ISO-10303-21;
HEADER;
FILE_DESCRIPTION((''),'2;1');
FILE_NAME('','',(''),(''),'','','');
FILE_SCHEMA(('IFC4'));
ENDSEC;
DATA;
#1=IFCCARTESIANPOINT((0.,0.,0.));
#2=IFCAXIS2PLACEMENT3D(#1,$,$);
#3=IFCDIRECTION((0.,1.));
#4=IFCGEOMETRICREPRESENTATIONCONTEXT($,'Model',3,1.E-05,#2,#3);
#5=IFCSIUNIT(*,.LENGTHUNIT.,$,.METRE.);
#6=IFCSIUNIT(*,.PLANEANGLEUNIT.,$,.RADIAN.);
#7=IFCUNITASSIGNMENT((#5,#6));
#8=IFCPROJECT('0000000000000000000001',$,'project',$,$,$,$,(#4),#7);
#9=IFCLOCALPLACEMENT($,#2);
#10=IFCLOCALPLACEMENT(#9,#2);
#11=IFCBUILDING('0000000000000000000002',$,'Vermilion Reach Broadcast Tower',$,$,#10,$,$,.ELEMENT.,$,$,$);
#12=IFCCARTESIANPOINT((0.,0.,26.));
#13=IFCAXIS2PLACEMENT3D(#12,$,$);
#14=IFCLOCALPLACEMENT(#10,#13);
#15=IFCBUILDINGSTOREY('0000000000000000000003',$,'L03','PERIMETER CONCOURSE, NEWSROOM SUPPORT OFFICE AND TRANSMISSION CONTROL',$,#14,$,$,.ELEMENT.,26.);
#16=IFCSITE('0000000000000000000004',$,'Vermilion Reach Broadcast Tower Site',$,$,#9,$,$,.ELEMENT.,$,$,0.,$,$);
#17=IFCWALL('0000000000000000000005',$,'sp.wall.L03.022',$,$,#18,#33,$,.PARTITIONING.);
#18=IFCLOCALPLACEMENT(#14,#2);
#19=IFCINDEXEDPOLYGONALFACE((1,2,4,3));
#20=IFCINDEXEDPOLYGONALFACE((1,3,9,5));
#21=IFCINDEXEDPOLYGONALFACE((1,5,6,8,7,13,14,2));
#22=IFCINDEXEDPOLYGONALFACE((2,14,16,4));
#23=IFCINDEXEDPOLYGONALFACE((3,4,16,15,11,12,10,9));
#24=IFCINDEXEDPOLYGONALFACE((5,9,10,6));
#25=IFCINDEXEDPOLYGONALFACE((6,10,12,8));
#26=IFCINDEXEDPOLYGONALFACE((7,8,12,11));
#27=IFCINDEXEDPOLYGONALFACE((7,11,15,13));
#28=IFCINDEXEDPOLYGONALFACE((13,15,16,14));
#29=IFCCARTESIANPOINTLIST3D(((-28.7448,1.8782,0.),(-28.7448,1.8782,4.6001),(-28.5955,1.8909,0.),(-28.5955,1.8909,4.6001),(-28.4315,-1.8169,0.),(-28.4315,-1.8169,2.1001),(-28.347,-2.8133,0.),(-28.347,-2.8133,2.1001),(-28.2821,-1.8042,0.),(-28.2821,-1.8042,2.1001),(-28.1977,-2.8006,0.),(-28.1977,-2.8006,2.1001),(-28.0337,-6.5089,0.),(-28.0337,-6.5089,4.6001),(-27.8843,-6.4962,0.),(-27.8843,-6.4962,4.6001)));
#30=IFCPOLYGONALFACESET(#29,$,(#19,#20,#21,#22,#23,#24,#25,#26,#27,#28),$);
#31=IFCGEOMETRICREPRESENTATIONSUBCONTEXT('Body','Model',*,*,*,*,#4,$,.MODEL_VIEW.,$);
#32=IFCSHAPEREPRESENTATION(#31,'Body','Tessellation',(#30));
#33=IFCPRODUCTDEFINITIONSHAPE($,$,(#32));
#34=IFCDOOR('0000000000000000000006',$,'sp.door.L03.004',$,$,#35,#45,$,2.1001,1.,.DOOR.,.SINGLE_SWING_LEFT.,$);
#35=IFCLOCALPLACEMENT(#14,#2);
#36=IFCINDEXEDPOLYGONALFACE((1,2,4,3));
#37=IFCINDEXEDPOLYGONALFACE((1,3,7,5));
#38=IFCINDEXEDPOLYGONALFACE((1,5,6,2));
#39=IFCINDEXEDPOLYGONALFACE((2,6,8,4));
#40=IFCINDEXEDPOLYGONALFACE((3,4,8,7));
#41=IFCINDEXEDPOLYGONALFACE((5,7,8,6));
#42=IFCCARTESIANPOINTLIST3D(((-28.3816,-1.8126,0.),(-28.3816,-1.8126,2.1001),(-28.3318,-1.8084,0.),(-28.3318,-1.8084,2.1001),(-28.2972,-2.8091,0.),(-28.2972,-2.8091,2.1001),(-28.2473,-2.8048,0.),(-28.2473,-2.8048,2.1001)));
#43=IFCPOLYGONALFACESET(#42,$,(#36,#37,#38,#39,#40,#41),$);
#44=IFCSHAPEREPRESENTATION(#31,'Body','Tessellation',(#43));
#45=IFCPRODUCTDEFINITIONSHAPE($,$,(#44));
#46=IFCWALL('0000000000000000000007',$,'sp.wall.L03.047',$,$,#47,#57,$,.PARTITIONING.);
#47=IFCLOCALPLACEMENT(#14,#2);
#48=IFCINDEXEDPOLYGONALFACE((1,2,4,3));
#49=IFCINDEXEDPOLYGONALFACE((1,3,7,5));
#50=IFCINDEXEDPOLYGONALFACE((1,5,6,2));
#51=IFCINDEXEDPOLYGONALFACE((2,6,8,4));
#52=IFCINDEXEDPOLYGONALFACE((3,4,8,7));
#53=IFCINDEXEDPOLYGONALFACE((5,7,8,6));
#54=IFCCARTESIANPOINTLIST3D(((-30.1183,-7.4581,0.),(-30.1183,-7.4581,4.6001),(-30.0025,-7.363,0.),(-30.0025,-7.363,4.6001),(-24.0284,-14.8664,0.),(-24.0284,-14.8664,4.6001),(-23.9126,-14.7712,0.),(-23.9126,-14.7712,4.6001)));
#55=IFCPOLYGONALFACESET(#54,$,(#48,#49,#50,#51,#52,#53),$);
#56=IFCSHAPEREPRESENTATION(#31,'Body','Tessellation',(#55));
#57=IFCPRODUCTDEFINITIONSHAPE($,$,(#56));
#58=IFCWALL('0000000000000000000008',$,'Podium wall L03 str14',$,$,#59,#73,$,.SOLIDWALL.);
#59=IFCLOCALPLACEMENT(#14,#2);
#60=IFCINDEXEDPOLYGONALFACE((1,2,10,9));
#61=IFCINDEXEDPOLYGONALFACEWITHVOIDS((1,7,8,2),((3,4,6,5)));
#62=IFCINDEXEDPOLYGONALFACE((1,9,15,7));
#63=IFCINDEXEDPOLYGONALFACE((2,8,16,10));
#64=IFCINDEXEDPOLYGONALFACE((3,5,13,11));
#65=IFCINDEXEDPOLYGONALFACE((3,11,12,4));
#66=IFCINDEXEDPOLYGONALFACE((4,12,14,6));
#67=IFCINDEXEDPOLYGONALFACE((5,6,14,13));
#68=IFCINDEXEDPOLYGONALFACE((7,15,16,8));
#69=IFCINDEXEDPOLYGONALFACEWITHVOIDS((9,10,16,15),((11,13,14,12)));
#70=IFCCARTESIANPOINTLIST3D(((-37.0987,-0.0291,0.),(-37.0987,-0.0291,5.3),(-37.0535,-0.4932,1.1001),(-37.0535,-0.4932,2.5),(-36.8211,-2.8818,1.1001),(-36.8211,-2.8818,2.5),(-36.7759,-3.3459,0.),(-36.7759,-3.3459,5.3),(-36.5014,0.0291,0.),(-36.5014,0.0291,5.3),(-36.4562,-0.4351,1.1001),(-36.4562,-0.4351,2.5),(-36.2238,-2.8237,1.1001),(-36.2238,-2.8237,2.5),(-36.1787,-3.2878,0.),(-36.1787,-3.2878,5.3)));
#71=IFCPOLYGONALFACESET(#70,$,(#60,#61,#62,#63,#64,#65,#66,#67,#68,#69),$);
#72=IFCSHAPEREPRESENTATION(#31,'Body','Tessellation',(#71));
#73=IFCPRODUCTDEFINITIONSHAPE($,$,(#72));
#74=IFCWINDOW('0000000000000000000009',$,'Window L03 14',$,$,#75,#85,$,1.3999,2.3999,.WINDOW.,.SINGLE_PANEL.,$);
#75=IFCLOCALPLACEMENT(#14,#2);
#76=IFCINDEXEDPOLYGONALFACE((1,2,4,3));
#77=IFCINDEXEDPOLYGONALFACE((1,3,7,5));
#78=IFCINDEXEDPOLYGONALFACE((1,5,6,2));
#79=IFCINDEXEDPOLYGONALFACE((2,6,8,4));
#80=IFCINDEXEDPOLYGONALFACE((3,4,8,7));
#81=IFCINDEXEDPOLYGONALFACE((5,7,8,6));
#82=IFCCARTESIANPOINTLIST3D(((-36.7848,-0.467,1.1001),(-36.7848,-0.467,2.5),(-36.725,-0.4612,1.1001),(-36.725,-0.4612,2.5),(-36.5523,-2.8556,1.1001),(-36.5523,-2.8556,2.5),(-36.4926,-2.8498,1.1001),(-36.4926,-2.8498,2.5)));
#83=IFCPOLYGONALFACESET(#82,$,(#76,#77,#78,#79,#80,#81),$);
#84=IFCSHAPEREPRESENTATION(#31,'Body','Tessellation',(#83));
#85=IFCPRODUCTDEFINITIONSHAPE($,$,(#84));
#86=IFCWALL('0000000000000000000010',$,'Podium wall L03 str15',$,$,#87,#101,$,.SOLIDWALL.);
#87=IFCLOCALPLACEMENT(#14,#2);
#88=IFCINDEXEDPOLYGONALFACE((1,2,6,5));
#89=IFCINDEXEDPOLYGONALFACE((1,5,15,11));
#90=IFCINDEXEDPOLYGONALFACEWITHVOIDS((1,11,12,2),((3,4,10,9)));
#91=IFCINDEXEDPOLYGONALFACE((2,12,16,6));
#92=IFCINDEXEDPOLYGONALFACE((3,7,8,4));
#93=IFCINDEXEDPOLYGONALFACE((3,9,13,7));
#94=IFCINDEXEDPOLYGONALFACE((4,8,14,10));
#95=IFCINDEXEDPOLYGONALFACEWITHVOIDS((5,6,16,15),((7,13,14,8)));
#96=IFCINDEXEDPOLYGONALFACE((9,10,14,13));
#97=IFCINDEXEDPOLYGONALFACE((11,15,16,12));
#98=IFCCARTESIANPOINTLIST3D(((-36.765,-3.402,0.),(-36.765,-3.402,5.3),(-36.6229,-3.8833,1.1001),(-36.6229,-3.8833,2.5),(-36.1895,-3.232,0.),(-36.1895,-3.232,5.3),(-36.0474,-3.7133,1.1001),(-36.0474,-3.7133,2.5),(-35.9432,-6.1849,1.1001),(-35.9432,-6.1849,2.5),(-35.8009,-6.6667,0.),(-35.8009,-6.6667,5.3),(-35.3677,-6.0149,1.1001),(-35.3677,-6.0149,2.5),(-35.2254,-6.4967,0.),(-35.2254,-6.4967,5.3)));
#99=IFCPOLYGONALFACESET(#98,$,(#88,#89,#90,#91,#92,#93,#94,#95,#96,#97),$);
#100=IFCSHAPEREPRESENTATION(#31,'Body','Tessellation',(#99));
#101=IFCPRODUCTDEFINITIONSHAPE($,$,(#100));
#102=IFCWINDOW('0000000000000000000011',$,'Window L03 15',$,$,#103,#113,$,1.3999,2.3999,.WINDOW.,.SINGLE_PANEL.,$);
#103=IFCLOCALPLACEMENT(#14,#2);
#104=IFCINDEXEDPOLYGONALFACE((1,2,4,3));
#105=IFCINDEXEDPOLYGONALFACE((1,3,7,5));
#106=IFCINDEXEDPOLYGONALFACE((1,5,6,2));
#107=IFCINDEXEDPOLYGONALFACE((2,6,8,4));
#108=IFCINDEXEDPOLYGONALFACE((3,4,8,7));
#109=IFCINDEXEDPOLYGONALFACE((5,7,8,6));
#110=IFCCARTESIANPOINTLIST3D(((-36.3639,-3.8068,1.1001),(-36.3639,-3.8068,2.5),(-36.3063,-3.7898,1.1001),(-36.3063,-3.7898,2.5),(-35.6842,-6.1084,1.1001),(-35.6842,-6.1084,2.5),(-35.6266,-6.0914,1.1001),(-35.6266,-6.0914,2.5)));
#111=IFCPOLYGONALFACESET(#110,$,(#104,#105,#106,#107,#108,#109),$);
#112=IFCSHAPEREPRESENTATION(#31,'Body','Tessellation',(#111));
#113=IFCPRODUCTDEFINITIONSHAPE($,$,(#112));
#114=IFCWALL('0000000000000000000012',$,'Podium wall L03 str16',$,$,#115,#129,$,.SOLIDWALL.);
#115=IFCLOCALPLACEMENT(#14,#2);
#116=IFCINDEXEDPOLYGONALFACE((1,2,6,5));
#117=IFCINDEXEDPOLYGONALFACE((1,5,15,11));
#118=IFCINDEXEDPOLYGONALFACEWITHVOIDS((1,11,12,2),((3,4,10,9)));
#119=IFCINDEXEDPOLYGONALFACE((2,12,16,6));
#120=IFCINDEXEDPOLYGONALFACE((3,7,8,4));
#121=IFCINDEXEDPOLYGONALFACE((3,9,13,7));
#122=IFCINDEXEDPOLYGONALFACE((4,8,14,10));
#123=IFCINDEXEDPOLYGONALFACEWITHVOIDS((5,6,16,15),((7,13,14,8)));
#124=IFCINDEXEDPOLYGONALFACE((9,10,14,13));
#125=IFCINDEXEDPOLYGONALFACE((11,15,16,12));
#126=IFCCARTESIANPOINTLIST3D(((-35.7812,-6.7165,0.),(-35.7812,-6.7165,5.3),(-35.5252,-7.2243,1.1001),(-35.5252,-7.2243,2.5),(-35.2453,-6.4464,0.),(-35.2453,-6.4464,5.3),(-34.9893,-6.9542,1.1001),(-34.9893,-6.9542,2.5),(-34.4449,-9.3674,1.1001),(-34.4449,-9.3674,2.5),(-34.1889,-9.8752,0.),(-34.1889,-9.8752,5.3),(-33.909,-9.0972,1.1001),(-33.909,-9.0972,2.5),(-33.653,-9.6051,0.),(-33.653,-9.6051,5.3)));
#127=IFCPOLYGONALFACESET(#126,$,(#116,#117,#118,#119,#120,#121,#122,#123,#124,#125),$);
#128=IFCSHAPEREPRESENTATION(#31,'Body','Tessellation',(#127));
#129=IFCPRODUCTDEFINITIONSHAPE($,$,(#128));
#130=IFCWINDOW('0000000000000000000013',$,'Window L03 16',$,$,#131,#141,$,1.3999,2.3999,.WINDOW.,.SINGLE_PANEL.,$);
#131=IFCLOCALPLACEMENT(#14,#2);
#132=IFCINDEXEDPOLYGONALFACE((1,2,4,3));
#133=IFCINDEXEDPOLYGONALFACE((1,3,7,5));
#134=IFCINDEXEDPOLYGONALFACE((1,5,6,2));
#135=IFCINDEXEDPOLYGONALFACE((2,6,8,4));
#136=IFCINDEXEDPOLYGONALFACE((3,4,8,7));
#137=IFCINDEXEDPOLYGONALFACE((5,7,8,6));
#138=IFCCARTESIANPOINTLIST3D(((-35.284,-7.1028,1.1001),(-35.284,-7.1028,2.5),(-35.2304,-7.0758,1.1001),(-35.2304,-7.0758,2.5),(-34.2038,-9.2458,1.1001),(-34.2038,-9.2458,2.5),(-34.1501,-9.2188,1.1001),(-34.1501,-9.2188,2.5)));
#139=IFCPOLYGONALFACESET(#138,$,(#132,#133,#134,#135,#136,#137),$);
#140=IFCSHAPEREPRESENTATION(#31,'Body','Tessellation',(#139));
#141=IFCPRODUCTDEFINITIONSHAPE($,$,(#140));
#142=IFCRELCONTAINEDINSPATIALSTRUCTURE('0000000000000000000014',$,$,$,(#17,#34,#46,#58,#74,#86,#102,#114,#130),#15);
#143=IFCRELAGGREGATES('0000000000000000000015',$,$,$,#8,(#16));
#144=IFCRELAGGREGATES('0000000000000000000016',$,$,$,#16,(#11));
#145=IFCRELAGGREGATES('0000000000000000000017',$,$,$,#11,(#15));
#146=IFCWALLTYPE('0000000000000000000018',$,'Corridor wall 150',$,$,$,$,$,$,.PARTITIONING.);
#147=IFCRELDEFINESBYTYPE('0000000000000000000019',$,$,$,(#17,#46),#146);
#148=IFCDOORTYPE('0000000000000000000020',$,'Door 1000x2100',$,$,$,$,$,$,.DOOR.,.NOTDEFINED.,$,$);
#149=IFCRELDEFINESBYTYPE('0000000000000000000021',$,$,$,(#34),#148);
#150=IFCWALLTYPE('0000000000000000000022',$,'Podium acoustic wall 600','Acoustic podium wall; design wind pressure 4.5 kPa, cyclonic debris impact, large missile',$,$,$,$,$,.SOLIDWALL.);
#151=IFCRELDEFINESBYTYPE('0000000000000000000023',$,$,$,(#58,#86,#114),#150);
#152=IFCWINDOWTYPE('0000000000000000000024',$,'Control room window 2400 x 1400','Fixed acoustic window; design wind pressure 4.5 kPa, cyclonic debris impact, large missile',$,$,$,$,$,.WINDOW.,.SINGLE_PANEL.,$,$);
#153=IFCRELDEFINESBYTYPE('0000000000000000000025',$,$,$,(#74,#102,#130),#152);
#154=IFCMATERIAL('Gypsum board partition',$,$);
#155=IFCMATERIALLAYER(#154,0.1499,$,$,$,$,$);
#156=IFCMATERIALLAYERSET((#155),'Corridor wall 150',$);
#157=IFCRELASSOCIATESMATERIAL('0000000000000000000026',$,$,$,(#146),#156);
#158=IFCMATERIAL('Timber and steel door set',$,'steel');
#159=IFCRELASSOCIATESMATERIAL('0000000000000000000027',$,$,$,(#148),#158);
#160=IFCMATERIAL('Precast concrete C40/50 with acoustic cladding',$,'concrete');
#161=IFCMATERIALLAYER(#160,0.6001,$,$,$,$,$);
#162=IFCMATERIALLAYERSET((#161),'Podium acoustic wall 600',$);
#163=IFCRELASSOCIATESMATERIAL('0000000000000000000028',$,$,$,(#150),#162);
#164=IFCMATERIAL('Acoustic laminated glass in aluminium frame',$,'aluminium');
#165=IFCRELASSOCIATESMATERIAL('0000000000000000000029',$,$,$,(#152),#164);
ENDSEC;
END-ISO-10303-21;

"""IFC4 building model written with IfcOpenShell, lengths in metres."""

from ifc_helpers import new_model, si_unit, direction, frame, frame_2d, origin, place, context, subcontext, project, spatial, rectangle, extrude, material, layer, layer_set, type_object, element, fill, save


model = new_model("IFC4")

# Units and contexts
model_context = context("Model", 3, precision=1e-05, world=origin(), true_north=direction((0.0, 1.0)))
body_context = subcontext(model_context, "Body", "Model", "MODEL_VIEW")
ifc_project = project(units=[si_unit("LENGTHUNIT", "METRE"), si_unit("PLANEANGLEUNIT", "RADIAN")], contexts=[model_context])

# Site, building, storey
site_placement = place(None, origin())
site = spatial("IfcSite", under=ifc_project, at=site_placement, Name="Vermilion Reach Broadcast Tower Site", CompositionType="ELEMENT", RefElevation=0.0)
building_placement = place(site_placement, origin())
building = spatial("IfcBuilding", under=site, at=building_placement, Name="Vermilion Reach Broadcast Tower", CompositionType="ELEMENT")
storey_placement = place(building_placement, frame((0.0, 0.0, 26.0)))
storey = spatial("IfcBuildingStorey", under=building, at=storey_placement, Name="L03", Description="PERIMETER CONCOURSE, NEWSROOM SUPPORT OFFICE AND TRANSMISSION CONTROL", CompositionType="ELEMENT", Elevation=26.0)

# Shared definitions
ifc_material_1 = material(Name="Gypsum board partition")
ifc_layer_1 = layer(ifc_material_1, 0.1499)
ifc_layer_set_1 = layer_set([ifc_layer_1], Name="Corridor wall 150")
wall_type_1 = type_object("IfcWallType", Name="Corridor wall 150", PredefinedType="PARTITIONING", material=ifc_layer_set_1)

# Wall, opening, door
wall_1_placement = place(storey_placement, frame((-27.959, -6.5024, 0.0), z_axis=(0.0, 0.0, 1.0), x_axis=(-0.08449, 0.996424, 0.0)))
wall_1 = element("IfcWall", 1, at=wall_1_placement, inside=storey, type_object=wall_type_1, Name="sp.wall.L03.022", PredefinedType="PARTITIONING", context=body_context, shape_type="SweptSolid", body=[
    extrude(rectangle(XDim=8.4172, YDim=0.1499, at=frame_2d((4.2085, 0.0))), origin(), (0.0, 0.0, 1.0), 4.6001),
])
opening_1_placement = place(wall_1_placement, frame((3.7087, 0.0, 0.0)))
opening_1 = element("IfcOpeningElement", 2, at=opening_1_placement, cuts=wall_1, PredefinedType="OPENING", context=body_context, shape_type="SweptSolid", body=[
    extrude(rectangle(XDim=1.0, YDim=2.1001, at=frame_2d((0.5, 1.05))), frame((0.0, 0.085, 0.0), z_axis=(0.0, -1.0, 0.0), x_axis=(1.0, 0.0, 0.0)), (0.0, 0.0, 1.0), 0.1699),
])
ifc_material_2 = material(Name="Timber and steel door set", Category="steel")
door_type_1 = type_object("IfcDoorType", Name="Door 1000x2100", OperationType="NOTDEFINED", PredefinedType="DOOR", material=ifc_material_2)
door_1_placement = place(opening_1_placement, origin())
door_1 = element("IfcDoor", 3, at=door_1_placement, inside=storey, type_object=door_type_1, Name="sp.door.L03.004", OperationType="SINGLE_SWING_LEFT", OverallHeight=2.1001, OverallWidth=1.0, PredefinedType="DOOR", context=body_context, shape_type="SweptSolid", body=[
    extrude(rectangle(XDim=1.0, YDim=2.1001, at=frame_2d((0.5, 1.05))), frame((0.0, 0.0249, 0.0), z_axis=(0.0, -1.0, 0.0), x_axis=(1.0, 0.0, 0.0)), (0.0, 0.0, 1.0), 0.05),
])
fill(opening_1, door_1)

# Wall
wall_2_placement = place(storey_placement, frame((-30.0603, -7.4106, 0.0), z_axis=(0.0, 0.0, 1.0), x_axis=(0.635022, -0.772494, 0.0)))
element("IfcWall", 4, at=wall_2_placement, inside=storey, type_object=wall_type_1, Name="sp.wall.L03.047", PredefinedType="PARTITIONING", context=body_context, shape_type="SweptSolid", body=[
    extrude(rectangle(XDim=9.5901, YDim=0.1499, at=frame_2d((4.7949, 0.0))), origin(), (0.0, 0.0, 1.0), 4.6001),
])

# Walls, openings, windows
ifc_material_3 = material(Name="Precast concrete C40/50 with acoustic cladding", Category="concrete")
ifc_layer_2 = layer(ifc_material_3, 0.6001)
ifc_layer_set_2 = layer_set([ifc_layer_2], Name="Podium acoustic wall 600")
wall_type_2 = type_object("IfcWallType", Name="Podium acoustic wall 600", Description="Acoustic podium wall; design wind pressure 4.5 kPa, cyclonic debris impact, large missile", PredefinedType="SOLIDWALL", material=ifc_layer_set_2)
wall_3_placement = place(storey_placement, frame((-36.8, 0.0, 0.0), z_axis=(0.0, 0.0, 1.0), x_axis=(0.096849, -0.995299, 0.0)))
wall_3 = element("IfcWall", 5, at=wall_3_placement, inside=storey, type_object=wall_type_2, Name="Podium wall L03 str14", PredefinedType="SOLIDWALL", context=body_context, shape_type="SweptSolid", body=[
    extrude(rectangle(XDim=3.3325, YDim=0.6001, at=frame_2d((1.6663, 0.0))), origin(), (0.0, 0.0, 1.0), 5.3),
])
opening_2_placement = place(wall_3_placement, frame((0.4663, 0.0, 1.1001)))
opening_2 = element("IfcOpeningElement", 6, at=opening_2_placement, cuts=wall_3, PredefinedType="OPENING", context=body_context, shape_type="SweptSolid", body=[
    extrude(rectangle(XDim=2.3999, YDim=1.3999, at=frame_2d((1.2, 0.7))), frame((0.0, 0.3101, 0.0), z_axis=(0.0, -1.0, 0.0), x_axis=(1.0, 0.0, 0.0)), (0.0, 0.0, 1.0), 0.6201),
])
ifc_material_4 = material(Name="Acoustic laminated glass in aluminium frame", Category="aluminium")
window_type = type_object("IfcWindowType", Name="Control room window 2400 x 1400", Description="Fixed acoustic window; design wind pressure 4.5 kPa, cyclonic debris impact, large missile", PartitioningType="SINGLE_PANEL", PredefinedType="WINDOW", material=ifc_material_4)
window_1_placement = place(opening_2_placement, origin())
window_1 = element("IfcWindow", 7, at=window_1_placement, inside=storey, type_object=window_type, Name="Window L03 14", OverallHeight=1.3999, OverallWidth=2.3999, PartitioningType="SINGLE_PANEL", PredefinedType="WINDOW", context=body_context, shape_type="SweptSolid", body=[
    extrude(rectangle(XDim=2.3999, YDim=1.3999, at=frame_2d((1.2, 0.7))), frame((0.0, 0.03, 0.0), z_axis=(0.0, -1.0, 0.0), x_axis=(1.0, 0.0, 0.0)), (0.0, 0.0, 1.0), 0.0601),
])
fill(opening_2, window_1)
wall_4_placement = place(storey_placement, frame((-36.4773, -3.3169, 0.0), z_axis=(0.0, 0.0, 1.0), x_axis=(0.283226, -0.959053, 0.0)))
wall_4 = element("IfcWall", 8, at=wall_4_placement, inside=storey, type_object=wall_type_2, Name="Podium wall L03 str15", PredefinedType="SOLIDWALL", context=body_context, shape_type="SweptSolid", body=[
    extrude(rectangle(XDim=3.4041, YDim=0.6001, at=frame_2d((1.7021, 0.0))), origin(), (0.0, 0.0, 1.0), 5.3),
])
opening_3_placement = place(wall_4_placement, frame((0.502, 0.0, 1.1001)))
opening_3 = element("IfcOpeningElement", 9, at=opening_3_placement, cuts=wall_4, PredefinedType="OPENING", context=body_context, shape_type="SweptSolid", body=[
    extrude(rectangle(XDim=2.3999, YDim=1.3999, at=frame_2d((1.2, 0.7))), frame((0.0, 0.3101, 0.0), z_axis=(0.0, -1.0, 0.0), x_axis=(1.0, 0.0, 0.0)), (0.0, 0.0, 1.0), 0.6201),
])
window_2_placement = place(opening_3_placement, origin())
window_2 = element("IfcWindow", 10, at=window_2_placement, inside=storey, type_object=window_type, Name="Window L03 15", OverallHeight=1.3999, OverallWidth=2.3999, PartitioningType="SINGLE_PANEL", PredefinedType="WINDOW", context=body_context, shape_type="SweptSolid", body=[
    extrude(rectangle(XDim=2.3999, YDim=1.3999, at=frame_2d((1.2, 0.7))), frame((0.0, 0.03, 0.0), z_axis=(0.0, -1.0, 0.0), x_axis=(1.0, 0.0, 0.0)), (0.0, 0.0, 1.0), 0.0601),
])
fill(opening_3, window_2)
wall_5_placement = place(storey_placement, frame((-35.5132, -6.5815, 0.0), z_axis=(0.0, 0.0, 1.0), x_axis=(0.450138, -0.892959, 0.0)))
wall_5 = element("IfcWall", 11, at=wall_5_placement, inside=storey, type_object=wall_type_2, Name="Podium wall L03 str16", PredefinedType="SOLIDWALL", context=body_context, shape_type="SweptSolid", body=[
    extrude(rectangle(XDim=3.5374, YDim=0.6001, at=frame_2d((1.7686, 0.0))), origin(), (0.0, 0.0, 1.0), 5.3),
])
opening_4_placement = place(wall_5_placement, frame((0.5686, 0.0, 1.1001)))
opening_4 = element("IfcOpeningElement", 12, at=opening_4_placement, cuts=wall_5, PredefinedType="OPENING", context=body_context, shape_type="SweptSolid", body=[
    extrude(rectangle(XDim=2.3999, YDim=1.3999, at=frame_2d((1.2, 0.7))), frame((0.0, 0.3101, 0.0), z_axis=(0.0, -1.0, 0.0), x_axis=(1.0, 0.0, 0.0)), (0.0, 0.0, 1.0), 0.6201),
])
window_3_placement = place(opening_4_placement, origin())
window_3 = element("IfcWindow", 13, at=window_3_placement, inside=storey, type_object=window_type, Name="Window L03 16", OverallHeight=1.3999, OverallWidth=2.3999, PartitioningType="SINGLE_PANEL", PredefinedType="WINDOW", context=body_context, shape_type="SweptSolid", body=[
    extrude(rectangle(XDim=2.3999, YDim=1.3999, at=frame_2d((1.2, 0.7))), frame((0.0, 0.03, 0.0), z_axis=(0.0, -1.0, 0.0), x_axis=(1.0, 0.0, 0.0)), (0.0, 0.0, 1.0), 0.0601),
])
fill(opening_4, window_3)

save(model, "model.ifc")
